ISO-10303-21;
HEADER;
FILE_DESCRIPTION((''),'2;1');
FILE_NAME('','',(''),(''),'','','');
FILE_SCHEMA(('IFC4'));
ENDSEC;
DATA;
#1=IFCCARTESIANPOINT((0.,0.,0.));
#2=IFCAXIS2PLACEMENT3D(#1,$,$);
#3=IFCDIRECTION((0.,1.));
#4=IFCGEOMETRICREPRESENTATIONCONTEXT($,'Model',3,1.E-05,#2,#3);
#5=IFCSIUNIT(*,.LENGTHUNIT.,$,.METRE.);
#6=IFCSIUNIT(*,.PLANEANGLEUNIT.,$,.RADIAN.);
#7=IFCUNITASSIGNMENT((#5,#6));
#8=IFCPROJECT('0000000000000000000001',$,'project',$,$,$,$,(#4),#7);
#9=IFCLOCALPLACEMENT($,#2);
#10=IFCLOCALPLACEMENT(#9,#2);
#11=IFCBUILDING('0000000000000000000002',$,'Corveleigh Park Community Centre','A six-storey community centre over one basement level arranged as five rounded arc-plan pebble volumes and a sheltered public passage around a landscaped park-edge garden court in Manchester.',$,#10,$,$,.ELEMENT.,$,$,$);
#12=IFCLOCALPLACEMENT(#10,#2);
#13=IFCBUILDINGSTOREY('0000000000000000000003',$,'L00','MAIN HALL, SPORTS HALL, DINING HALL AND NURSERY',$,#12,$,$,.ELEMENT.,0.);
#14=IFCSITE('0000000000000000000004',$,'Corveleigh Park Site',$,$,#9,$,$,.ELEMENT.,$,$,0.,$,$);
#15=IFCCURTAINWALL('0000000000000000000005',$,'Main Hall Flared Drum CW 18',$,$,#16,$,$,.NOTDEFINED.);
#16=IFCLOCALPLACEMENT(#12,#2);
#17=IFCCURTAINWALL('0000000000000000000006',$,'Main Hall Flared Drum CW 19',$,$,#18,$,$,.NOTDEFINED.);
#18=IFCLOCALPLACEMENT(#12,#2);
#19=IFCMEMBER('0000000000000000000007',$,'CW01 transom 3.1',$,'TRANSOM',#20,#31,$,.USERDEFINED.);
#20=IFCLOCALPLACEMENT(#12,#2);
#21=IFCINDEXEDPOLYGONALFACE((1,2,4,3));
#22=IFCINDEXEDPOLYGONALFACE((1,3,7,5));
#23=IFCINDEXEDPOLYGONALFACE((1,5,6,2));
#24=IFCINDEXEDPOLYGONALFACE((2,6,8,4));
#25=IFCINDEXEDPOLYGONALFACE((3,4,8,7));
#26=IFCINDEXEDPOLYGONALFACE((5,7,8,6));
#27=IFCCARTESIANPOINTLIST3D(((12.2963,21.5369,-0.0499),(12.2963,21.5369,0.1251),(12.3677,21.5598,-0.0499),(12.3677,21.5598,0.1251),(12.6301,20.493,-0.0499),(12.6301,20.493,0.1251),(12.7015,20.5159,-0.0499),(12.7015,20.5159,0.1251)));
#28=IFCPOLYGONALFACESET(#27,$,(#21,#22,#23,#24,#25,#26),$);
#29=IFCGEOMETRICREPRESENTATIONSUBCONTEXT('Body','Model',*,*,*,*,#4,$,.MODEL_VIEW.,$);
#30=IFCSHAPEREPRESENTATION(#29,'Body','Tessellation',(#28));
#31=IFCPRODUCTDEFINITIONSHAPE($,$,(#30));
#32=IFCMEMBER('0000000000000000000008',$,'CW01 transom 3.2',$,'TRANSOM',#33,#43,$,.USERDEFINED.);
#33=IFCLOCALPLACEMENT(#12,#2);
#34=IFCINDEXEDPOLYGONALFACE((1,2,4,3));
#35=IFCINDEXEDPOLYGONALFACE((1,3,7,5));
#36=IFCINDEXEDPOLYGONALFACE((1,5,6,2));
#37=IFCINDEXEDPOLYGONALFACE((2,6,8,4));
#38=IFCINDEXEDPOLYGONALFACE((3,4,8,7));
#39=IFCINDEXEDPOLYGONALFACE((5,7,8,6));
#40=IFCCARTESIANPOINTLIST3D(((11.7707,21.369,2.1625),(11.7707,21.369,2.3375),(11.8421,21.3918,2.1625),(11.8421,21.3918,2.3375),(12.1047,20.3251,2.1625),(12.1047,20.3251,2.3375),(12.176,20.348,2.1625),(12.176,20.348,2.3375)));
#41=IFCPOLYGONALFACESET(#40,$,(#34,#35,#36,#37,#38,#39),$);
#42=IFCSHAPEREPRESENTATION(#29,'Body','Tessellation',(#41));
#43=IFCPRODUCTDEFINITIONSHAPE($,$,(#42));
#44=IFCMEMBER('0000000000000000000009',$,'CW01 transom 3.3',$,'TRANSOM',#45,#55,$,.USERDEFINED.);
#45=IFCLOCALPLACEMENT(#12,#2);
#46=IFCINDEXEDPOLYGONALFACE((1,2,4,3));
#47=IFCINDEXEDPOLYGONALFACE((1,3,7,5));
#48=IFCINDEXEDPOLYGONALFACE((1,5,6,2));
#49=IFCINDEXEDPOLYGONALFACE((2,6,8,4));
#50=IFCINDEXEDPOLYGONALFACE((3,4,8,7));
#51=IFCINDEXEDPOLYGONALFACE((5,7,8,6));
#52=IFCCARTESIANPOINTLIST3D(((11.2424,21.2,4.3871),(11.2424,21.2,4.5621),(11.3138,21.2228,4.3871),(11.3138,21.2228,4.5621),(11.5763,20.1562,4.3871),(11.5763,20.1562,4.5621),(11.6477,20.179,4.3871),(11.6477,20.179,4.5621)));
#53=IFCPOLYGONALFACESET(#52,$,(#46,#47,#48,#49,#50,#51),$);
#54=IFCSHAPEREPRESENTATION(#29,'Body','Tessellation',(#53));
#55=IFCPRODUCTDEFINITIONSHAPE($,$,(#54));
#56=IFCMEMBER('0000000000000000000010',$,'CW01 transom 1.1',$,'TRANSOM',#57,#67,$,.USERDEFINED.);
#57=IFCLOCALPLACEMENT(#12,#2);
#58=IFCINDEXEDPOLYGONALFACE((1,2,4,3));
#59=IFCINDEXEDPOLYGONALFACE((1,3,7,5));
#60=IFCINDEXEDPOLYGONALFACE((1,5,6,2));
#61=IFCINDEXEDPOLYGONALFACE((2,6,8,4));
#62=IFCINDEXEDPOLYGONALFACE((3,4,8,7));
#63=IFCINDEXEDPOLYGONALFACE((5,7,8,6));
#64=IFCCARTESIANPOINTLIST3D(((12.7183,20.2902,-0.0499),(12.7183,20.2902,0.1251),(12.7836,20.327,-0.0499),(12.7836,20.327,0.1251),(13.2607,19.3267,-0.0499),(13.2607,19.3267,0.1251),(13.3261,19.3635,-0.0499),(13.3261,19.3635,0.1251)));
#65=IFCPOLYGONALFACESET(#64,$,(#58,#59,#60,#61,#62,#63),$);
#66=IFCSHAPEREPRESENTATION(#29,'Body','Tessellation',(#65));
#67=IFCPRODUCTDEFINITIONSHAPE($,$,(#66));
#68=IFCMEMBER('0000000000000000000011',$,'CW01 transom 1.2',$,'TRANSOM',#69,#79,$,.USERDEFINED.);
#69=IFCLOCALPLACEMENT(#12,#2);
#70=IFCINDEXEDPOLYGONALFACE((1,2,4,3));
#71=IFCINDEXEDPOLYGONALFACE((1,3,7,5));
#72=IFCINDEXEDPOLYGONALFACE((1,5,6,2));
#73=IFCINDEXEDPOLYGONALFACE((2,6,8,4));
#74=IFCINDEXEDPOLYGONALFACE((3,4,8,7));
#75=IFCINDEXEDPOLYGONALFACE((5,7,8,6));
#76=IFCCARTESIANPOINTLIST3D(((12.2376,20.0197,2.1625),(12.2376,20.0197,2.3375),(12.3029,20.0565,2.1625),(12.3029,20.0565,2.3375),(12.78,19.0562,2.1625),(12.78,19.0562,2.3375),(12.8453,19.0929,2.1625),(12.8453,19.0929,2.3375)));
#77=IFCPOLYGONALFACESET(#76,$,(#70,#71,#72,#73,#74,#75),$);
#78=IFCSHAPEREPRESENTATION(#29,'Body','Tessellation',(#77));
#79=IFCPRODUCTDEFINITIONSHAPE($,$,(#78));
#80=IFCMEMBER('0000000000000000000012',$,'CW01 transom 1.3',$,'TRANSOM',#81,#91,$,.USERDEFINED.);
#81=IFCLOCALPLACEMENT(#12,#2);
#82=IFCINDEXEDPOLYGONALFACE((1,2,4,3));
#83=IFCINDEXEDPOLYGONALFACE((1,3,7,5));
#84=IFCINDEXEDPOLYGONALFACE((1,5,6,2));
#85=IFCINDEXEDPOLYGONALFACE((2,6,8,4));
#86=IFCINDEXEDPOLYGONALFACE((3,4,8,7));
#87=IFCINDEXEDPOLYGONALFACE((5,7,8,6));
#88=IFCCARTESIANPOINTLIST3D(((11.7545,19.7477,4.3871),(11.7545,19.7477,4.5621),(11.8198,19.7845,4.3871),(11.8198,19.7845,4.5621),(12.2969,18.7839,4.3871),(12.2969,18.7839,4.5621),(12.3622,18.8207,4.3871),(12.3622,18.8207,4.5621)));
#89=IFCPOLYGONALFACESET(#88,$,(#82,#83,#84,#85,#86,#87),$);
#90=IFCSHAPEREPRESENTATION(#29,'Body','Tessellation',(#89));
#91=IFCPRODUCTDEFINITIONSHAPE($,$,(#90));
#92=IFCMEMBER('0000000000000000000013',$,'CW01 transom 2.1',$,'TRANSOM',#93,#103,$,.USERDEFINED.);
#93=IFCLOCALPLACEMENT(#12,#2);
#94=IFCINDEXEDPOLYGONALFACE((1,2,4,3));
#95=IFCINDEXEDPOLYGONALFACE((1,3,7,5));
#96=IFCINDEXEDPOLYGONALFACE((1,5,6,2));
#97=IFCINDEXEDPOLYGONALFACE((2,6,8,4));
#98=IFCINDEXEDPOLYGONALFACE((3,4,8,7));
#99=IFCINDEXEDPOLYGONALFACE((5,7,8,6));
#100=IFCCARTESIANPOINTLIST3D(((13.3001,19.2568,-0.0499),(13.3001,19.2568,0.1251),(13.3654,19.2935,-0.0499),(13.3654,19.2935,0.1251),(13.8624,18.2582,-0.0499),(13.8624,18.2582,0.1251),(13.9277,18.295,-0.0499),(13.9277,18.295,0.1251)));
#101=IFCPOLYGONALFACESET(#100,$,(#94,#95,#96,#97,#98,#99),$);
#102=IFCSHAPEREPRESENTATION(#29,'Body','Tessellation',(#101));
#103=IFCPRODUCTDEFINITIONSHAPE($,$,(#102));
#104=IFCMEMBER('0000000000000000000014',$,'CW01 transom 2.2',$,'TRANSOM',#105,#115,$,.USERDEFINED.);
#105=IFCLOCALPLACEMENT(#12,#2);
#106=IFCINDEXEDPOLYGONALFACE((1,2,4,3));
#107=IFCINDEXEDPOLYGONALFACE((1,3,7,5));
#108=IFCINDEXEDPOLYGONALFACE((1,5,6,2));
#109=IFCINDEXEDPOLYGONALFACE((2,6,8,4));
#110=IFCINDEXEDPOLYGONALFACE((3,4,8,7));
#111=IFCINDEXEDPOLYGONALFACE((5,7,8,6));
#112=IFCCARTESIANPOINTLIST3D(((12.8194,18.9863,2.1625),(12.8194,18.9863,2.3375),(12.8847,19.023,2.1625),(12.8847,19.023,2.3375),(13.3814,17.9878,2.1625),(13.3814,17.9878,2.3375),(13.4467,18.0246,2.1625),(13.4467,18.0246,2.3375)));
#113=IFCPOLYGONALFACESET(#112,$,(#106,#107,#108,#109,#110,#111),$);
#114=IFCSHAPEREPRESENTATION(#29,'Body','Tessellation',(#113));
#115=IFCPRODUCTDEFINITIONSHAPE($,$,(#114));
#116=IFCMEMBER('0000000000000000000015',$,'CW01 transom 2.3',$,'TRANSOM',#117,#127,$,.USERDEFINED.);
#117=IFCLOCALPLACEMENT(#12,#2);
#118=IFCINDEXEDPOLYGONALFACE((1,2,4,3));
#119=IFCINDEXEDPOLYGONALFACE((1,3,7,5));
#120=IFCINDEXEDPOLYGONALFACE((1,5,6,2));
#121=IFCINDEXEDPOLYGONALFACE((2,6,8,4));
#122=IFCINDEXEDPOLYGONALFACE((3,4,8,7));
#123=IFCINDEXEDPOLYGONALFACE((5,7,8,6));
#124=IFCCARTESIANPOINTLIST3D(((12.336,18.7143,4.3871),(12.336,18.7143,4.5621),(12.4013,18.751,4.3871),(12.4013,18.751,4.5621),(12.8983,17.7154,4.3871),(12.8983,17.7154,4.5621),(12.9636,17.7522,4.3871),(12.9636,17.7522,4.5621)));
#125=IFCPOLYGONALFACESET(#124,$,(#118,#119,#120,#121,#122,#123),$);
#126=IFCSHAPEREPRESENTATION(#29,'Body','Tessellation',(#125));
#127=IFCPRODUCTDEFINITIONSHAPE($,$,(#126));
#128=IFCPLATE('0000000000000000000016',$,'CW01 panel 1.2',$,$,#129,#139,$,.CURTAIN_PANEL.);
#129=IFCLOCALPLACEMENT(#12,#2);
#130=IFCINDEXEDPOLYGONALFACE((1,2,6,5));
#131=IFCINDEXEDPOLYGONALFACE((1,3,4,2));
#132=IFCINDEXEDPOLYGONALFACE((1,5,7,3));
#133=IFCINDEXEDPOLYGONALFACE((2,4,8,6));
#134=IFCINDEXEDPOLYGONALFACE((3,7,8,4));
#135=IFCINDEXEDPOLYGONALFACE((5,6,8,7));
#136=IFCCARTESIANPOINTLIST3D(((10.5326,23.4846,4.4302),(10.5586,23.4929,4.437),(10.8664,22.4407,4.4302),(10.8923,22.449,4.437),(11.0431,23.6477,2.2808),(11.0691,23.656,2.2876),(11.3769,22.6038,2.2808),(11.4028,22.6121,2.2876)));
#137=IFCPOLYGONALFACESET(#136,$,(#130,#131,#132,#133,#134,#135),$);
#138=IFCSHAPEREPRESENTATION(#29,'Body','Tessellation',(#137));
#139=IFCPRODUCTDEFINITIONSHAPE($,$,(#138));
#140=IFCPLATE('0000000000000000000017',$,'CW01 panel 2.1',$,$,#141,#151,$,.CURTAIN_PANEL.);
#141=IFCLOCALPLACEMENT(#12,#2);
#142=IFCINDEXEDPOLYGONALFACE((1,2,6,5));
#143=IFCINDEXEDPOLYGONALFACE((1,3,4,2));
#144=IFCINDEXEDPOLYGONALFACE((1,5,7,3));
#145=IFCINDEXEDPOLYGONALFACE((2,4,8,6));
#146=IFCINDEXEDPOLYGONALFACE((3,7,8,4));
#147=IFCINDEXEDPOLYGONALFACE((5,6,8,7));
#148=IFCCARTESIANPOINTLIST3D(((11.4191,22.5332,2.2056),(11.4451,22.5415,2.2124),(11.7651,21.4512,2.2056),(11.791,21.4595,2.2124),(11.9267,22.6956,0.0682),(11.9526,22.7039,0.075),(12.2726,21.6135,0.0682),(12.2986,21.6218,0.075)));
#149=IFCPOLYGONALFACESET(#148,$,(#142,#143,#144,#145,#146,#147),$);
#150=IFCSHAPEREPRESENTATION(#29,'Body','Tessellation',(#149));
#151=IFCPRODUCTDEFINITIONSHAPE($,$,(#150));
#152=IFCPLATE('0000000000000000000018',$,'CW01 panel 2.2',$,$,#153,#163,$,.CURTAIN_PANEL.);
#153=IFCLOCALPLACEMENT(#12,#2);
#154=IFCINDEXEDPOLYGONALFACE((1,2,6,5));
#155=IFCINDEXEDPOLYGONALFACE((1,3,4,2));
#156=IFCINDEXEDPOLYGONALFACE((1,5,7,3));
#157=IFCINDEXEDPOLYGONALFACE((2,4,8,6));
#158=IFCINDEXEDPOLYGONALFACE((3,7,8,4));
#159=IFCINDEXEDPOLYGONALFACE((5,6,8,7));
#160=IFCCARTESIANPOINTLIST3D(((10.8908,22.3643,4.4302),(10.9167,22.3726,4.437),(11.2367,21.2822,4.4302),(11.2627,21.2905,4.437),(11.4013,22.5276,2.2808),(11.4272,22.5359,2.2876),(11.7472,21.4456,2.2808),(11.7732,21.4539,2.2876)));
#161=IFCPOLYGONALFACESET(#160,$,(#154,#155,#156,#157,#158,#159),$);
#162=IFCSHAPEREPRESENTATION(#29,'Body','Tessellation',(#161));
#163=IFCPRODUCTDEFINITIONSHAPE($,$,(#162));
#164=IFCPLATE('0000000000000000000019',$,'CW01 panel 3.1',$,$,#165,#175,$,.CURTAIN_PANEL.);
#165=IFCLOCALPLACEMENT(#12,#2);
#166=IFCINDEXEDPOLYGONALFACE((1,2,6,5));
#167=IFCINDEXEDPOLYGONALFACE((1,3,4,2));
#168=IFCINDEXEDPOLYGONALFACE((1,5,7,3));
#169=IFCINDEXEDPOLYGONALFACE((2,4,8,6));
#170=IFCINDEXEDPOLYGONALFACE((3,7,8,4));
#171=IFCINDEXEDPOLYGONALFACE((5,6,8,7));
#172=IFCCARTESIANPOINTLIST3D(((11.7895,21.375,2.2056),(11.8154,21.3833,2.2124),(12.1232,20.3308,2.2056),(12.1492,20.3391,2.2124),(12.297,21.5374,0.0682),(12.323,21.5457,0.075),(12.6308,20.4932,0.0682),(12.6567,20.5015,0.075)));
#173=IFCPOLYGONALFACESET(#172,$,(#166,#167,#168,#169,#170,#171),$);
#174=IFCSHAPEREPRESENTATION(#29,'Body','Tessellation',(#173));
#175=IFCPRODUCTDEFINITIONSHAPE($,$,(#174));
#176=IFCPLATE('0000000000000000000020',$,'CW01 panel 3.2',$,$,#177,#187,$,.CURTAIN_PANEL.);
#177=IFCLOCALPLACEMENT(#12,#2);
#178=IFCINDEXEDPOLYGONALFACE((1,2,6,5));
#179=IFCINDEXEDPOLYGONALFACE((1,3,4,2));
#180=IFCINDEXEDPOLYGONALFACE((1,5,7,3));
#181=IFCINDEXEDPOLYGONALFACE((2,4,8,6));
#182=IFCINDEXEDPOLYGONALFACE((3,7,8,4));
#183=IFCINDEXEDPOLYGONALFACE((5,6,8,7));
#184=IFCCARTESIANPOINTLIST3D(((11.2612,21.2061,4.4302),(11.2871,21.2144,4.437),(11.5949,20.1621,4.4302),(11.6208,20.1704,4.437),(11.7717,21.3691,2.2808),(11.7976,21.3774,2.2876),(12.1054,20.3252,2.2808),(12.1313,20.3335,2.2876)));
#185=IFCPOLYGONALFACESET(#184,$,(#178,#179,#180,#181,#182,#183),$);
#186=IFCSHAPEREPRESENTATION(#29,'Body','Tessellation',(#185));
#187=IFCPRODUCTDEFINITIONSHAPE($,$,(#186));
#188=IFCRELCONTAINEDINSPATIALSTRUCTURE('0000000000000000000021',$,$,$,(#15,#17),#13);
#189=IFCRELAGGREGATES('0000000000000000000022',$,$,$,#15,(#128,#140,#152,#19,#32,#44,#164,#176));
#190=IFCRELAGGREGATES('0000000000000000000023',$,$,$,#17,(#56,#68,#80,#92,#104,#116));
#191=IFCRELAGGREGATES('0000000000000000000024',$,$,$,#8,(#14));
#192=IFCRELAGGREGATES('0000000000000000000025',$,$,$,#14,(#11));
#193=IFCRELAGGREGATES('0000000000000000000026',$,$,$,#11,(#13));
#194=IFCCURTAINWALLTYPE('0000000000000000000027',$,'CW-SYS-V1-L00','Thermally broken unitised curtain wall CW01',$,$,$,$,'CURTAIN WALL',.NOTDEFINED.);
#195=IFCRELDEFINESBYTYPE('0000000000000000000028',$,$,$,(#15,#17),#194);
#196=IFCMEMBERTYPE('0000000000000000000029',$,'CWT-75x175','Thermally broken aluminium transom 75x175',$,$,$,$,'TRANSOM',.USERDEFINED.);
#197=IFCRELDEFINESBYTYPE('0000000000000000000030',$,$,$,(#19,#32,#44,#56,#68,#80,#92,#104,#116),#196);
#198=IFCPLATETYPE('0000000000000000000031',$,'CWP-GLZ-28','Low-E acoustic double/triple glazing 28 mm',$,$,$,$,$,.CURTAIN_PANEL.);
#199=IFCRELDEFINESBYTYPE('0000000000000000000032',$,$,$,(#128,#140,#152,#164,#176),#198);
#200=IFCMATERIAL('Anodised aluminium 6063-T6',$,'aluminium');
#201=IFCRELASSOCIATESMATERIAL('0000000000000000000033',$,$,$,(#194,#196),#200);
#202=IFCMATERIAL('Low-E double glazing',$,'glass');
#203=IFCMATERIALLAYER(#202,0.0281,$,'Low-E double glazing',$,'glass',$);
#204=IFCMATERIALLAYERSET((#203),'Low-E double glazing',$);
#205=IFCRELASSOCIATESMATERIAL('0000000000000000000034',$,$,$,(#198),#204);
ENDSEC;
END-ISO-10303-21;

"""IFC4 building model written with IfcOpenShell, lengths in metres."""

from ifc_helpers import new_model, si_unit, direction, frame, origin, origin_2d, place, context, subcontext, project, spatial, polyline, rectangle, outline, extrude, material, layer, layer_set, material_profile, profile_set, type_object, element, aggregate, save


model = new_model("IFC4")

# Units and contexts
model_context = context("Model", 3, precision=1e-05, world=origin(), true_north=direction((0.0, 1.0)))
body_context = subcontext(model_context, "Body", "Model", "MODEL_VIEW")
ifc_project = project(units=[si_unit("LENGTHUNIT", "METRE"), si_unit("PLANEANGLEUNIT", "RADIAN")], contexts=[model_context])

# Site, building, storey
site_placement = place(None, origin())
site = spatial("IfcSite", under=ifc_project, at=site_placement, Name="Corveleigh Park Site", CompositionType="ELEMENT", RefElevation=0.0)
building_placement = place(site_placement, origin())
building = spatial("IfcBuilding", under=site, at=building_placement, Name="Corveleigh Park Community Centre", Description="A six-storey community centre over one basement level arranged as five rounded arc-plan pebble volumes and a sheltered public passage around a landscaped park-edge garden court in Manchester.", CompositionType="ELEMENT")
storey_placement = place(building_placement, origin())
storey = spatial("IfcBuildingStorey", under=building, at=storey_placement, Name="L00", Description="MAIN HALL, SPORTS HALL, DINING HALL AND NURSERY", CompositionType="ELEMENT", Elevation=0.0)

# Curtain walls
ifc_material_1 = material(Name="Anodised aluminium 6063-T6", Category="aluminium")
curtain_wall_type = type_object("IfcCurtainWallType", Name="CW-SYS-V1-L00", Description="Thermally broken unitised curtain wall CW01", ElementType="CURTAIN WALL", PredefinedType="NOTDEFINED", material=ifc_material_1)
curtain_wall_1_placement = place(storey_placement, origin())
curtain_wall_1 = element("IfcCurtainWall", 1, at=curtain_wall_1_placement, inside=storey, type_object=curtain_wall_type, Name="Main Hall Flared Drum CW 18", PredefinedType="NOTDEFINED")
curtain_wall_2_placement = place(storey_placement, origin())
curtain_wall_2 = element("IfcCurtainWall", 2, at=curtain_wall_2_placement, inside=storey, type_object=curtain_wall_type, Name="Main Hall Flared Drum CW 19", PredefinedType="NOTDEFINED")

# Members
ifc_material_profile_1 = material_profile(ifc_material_1, rectangle(XDim=0.075, YDim=0.175, at=origin_2d()), Name="ALU-T75x175", Category="aluminium")
ifc_profile_set_1 = profile_set([ifc_material_profile_1], Name="Anodised aluminium 6063-T6")
member_type_1 = type_object("IfcMemberType", Name="CWT-75x175", Description="Thermally broken aluminium transom 75x175", ElementType="TRANSOM", PredefinedType="USERDEFINED", material=ifc_profile_set_1)
member_1_placement = place(storey_placement, frame((12.332, 21.5483, 0.0376), z_axis=(0.304509, -0.952509, 0.0), x_axis=(0.952509, 0.304509, 0.0)))
member_1 = element("IfcMember", 3, at=member_1_placement, type_object=member_type_1, Name="CW01 transom 3.1", ObjectType="TRANSOM", PredefinedType="USERDEFINED", context=body_context, shape_type="SweptSolid", body=[
    extrude(rectangle(XDim=0.075, YDim=0.175, at=origin_2d()), origin(), (0.0, 0.0, 1.0), 1.0959),
])
member_2_placement = place(storey_placement, frame((11.8064, 21.3804, 2.25), z_axis=(0.304711, -0.952445, 0.0), x_axis=(0.952445, 0.304711, 0.0)))
member_2 = element("IfcMember", 4, at=member_2_placement, type_object=member_type_1, Name="CW01 transom 3.2", ObjectType="TRANSOM", PredefinedType="USERDEFINED", context=body_context, shape_type="SweptSolid", body=[
    extrude(rectangle(XDim=0.075, YDim=0.175, at=origin_2d()), origin(), (0.0, 0.0, 1.0), 1.0959),
])
member_3_placement = place(storey_placement, frame((11.2781, 21.2114, 4.4746), z_axis=(0.304711, -0.952445, 0.0), x_axis=(0.952445, 0.304711, 0.0)))
member_3 = element("IfcMember", 5, at=member_3_placement, type_object=member_type_1, Name="CW01 transom 3.3", ObjectType="TRANSOM", PredefinedType="USERDEFINED", context=body_context, shape_type="SweptSolid", body=[
    extrude(rectangle(XDim=0.075, YDim=0.175, at=origin_2d()), origin(), (0.0, 0.0, 1.0), 1.0959),
])
member_4_placement = place(storey_placement, frame((12.751, 20.3086, 0.0376), z_axis=(0.490565, -0.871404, 0.0), x_axis=(0.871404, 0.490565, 0.0)))
member_4 = element("IfcMember", 6, at=member_4_placement, type_object=member_type_1, Name="CW01 transom 1.1", ObjectType="TRANSOM", PredefinedType="USERDEFINED", context=body_context, shape_type="SweptSolid", body=[
    extrude(rectangle(XDim=0.075, YDim=0.175, at=origin_2d()), origin(), (0.0, 0.0, 1.0), 1.1057),
])
member_5_placement = place(storey_placement, frame((12.2703, 20.0381, 2.25), z_axis=(0.490565, -0.871404, 0.0), x_axis=(0.871404, 0.490565, 0.0)))
member_5 = element("IfcMember", 7, at=member_5_placement, type_object=member_type_1, Name="CW01 transom 1.2", ObjectType="TRANSOM", PredefinedType="USERDEFINED", context=body_context, shape_type="SweptSolid", body=[
    extrude(rectangle(XDim=0.075, YDim=0.175, at=origin_2d()), origin(), (0.0, 0.0, 1.0), 1.1057),
])
member_6_placement = place(storey_placement, frame((11.7871, 19.7661, 4.4746), z_axis=(0.490471, -0.871458, 0.0), x_axis=(0.871458, 0.490471, 0.0)))
member_6 = element("IfcMember", 8, at=member_6_placement, type_object=member_type_1, Name="CW01 transom 1.3", ObjectType="TRANSOM", PredefinedType="USERDEFINED", context=body_context, shape_type="SweptSolid", body=[
    extrude(rectangle(XDim=0.075, YDim=0.175, at=origin_2d()), origin(), (0.0, 0.0, 1.0), 1.106),
])
member_7_placement = place(storey_placement, frame((13.3328, 19.2751, 0.0376), z_axis=(0.490646, -0.871359, 0.0), x_axis=(0.871359, 0.490646, 0.0)))
member_7 = element("IfcMember", 9, at=member_7_placement, type_object=member_type_1, Name="CW01 transom 2.1", ObjectType="TRANSOM", PredefinedType="USERDEFINED", context=body_context, shape_type="SweptSolid", body=[
    extrude(rectangle(XDim=0.075, YDim=0.175, at=origin_2d()), origin(), (0.0, 0.0, 1.0), 1.146),
])
member_8_placement = place(storey_placement, frame((12.8521, 19.0046, 2.25), z_axis=(0.490484, -0.87145, 0.0), x_axis=(0.87145, 0.490484, 0.0)))
member_8 = element("IfcMember", 10, at=member_8_placement, type_object=member_type_1, Name="CW01 transom 2.2", ObjectType="TRANSOM", PredefinedType="USERDEFINED", context=body_context, shape_type="SweptSolid", body=[
    extrude(rectangle(XDim=0.075, YDim=0.175, at=origin_2d()), origin(), (0.0, 0.0, 1.0), 1.1458),
])
member_9_placement = place(storey_placement, frame((12.3687, 18.7327, 4.4746), z_axis=(0.490554, -0.871411, 0.0), x_axis=(0.871411, 0.490554, 0.0)))
member_9 = element("IfcMember", 11, at=member_9_placement, type_object=member_type_1, Name="CW01 transom 2.3", ObjectType="TRANSOM", PredefinedType="USERDEFINED", context=body_context, shape_type="SweptSolid", body=[
    extrude(rectangle(XDim=0.075, YDim=0.175, at=origin_2d()), origin(), (0.0, 0.0, 1.0), 1.1462),
])

# Plates
ifc_material_2 = material(Name="Low-E double glazing", Category="glass")
ifc_layer = layer(ifc_material_2, 0.0281, Name="Low-E double glazing", Category="glass")
ifc_layer_set = layer_set([ifc_layer], Name="Low-E double glazing")
plate_type = type_object("IfcPlateType", Name="CWP-GLZ-28", Description="Low-E acoustic double/triple glazing 28 mm", PredefinedType="CURTAIN_PANEL", material=ifc_layer_set)
plate_1_placement = place(storey_placement, frame((11.0691, 23.656, 2.2876), z_axis=(0.924215, 0.295464, 0.241925), x_axis=(0.304509, -0.952509, 0.0)))
plate_1 = element("IfcPlate", 12, at=plate_1_placement, type_object=plate_type, Name="CW01 panel 1.2", PredefinedType="CURTAIN_PANEL", context=body_context, shape_type="SweptSolid", body=[
    extrude(outline(polyline([(0.0, 0.0), (1.096, 0.0), (1.0959, -2.2152), (-0.0001, -2.2152), (0.0, 0.0)])), origin(), (0.0, 0.0, -1.0), 0.0281),
])
plate_2_placement = place(storey_placement, frame((11.9526, 22.7039, 0.075), z_axis=(0.924211, 0.295489, 0.241911), x_axis=(0.304534, -0.952501, 0.0)))
plate_2 = element("IfcPlate", 13, at=plate_2_placement, type_object=plate_type, Name="CW01 panel 2.1", PredefinedType="CURTAIN_PANEL", context=body_context, shape_type="SweptSolid", body=[
    extrude(outline(polyline([(0.0, 0.0), (1.136, 0.0), (1.1361, -2.2029), (0.0001, -2.2029), (0.0, 0.0)])), origin(), (0.0, 0.0, -1.0), 0.0281),
])
plate_3_placement = place(storey_placement, frame((11.4272, 22.5359, 2.2876), z_axis=(0.9242, 0.295485, 0.241956), x_axis=(0.304534, -0.952501, 0.0)))
plate_3 = element("IfcPlate", 14, at=plate_3_placement, type_object=plate_type, Name="CW01 panel 2.2", PredefinedType="CURTAIN_PANEL", context=body_context, shape_type="SweptSolid", body=[
    extrude(outline(polyline([(0.0, 0.0), (1.136, 0.0), (1.1361, -2.2152), (0.0001, -2.2152), (0.0, 0.0)])), origin(), (0.0, 0.0, -1.0), 0.0281),
])
plate_4_placement = place(storey_placement, frame((12.323, 21.5457, 0.075), z_axis=(0.924238, 0.295402, 0.241911), x_axis=(0.304444, -0.95253, 0.0)))
plate_4 = element("IfcPlate", 15, at=plate_4_placement, type_object=plate_type, Name="CW01 panel 3.1", PredefinedType="CURTAIN_PANEL", context=body_context, shape_type="SweptSolid", body=[
    extrude(outline(polyline([(0.0, 0.0), (1.0962, 0.0), (1.0963, -2.2029), (0.0001, -2.2029), (0.0, 0.0)])), origin(), (0.0, 0.0, -1.0), 0.0281),
])
plate_5_placement = place(storey_placement, frame((11.7976, 21.3774, 2.2876), z_axis=(0.924215, 0.295464, 0.241925), x_axis=(0.304509, -0.952509, 0.0)))
plate_5 = element("IfcPlate", 16, at=plate_5_placement, type_object=plate_type, Name="CW01 panel 3.2", PredefinedType="CURTAIN_PANEL", context=body_context, shape_type="SweptSolid", body=[
    extrude(outline(polyline([(0.0, 0.0), (1.096, 0.0), (1.0959, -2.2152), (-0.0001, -2.2152), (0.0, 0.0)])), origin(), (0.0, 0.0, -1.0), 0.0281),
])
aggregate(curtain_wall_1, [plate_1, plate_2, plate_3, member_1, member_2, member_3, plate_4, plate_5])
aggregate(curtain_wall_2, [member_4, member_5, member_6, member_7, member_8, member_9])

save(model, "model.ifc")
